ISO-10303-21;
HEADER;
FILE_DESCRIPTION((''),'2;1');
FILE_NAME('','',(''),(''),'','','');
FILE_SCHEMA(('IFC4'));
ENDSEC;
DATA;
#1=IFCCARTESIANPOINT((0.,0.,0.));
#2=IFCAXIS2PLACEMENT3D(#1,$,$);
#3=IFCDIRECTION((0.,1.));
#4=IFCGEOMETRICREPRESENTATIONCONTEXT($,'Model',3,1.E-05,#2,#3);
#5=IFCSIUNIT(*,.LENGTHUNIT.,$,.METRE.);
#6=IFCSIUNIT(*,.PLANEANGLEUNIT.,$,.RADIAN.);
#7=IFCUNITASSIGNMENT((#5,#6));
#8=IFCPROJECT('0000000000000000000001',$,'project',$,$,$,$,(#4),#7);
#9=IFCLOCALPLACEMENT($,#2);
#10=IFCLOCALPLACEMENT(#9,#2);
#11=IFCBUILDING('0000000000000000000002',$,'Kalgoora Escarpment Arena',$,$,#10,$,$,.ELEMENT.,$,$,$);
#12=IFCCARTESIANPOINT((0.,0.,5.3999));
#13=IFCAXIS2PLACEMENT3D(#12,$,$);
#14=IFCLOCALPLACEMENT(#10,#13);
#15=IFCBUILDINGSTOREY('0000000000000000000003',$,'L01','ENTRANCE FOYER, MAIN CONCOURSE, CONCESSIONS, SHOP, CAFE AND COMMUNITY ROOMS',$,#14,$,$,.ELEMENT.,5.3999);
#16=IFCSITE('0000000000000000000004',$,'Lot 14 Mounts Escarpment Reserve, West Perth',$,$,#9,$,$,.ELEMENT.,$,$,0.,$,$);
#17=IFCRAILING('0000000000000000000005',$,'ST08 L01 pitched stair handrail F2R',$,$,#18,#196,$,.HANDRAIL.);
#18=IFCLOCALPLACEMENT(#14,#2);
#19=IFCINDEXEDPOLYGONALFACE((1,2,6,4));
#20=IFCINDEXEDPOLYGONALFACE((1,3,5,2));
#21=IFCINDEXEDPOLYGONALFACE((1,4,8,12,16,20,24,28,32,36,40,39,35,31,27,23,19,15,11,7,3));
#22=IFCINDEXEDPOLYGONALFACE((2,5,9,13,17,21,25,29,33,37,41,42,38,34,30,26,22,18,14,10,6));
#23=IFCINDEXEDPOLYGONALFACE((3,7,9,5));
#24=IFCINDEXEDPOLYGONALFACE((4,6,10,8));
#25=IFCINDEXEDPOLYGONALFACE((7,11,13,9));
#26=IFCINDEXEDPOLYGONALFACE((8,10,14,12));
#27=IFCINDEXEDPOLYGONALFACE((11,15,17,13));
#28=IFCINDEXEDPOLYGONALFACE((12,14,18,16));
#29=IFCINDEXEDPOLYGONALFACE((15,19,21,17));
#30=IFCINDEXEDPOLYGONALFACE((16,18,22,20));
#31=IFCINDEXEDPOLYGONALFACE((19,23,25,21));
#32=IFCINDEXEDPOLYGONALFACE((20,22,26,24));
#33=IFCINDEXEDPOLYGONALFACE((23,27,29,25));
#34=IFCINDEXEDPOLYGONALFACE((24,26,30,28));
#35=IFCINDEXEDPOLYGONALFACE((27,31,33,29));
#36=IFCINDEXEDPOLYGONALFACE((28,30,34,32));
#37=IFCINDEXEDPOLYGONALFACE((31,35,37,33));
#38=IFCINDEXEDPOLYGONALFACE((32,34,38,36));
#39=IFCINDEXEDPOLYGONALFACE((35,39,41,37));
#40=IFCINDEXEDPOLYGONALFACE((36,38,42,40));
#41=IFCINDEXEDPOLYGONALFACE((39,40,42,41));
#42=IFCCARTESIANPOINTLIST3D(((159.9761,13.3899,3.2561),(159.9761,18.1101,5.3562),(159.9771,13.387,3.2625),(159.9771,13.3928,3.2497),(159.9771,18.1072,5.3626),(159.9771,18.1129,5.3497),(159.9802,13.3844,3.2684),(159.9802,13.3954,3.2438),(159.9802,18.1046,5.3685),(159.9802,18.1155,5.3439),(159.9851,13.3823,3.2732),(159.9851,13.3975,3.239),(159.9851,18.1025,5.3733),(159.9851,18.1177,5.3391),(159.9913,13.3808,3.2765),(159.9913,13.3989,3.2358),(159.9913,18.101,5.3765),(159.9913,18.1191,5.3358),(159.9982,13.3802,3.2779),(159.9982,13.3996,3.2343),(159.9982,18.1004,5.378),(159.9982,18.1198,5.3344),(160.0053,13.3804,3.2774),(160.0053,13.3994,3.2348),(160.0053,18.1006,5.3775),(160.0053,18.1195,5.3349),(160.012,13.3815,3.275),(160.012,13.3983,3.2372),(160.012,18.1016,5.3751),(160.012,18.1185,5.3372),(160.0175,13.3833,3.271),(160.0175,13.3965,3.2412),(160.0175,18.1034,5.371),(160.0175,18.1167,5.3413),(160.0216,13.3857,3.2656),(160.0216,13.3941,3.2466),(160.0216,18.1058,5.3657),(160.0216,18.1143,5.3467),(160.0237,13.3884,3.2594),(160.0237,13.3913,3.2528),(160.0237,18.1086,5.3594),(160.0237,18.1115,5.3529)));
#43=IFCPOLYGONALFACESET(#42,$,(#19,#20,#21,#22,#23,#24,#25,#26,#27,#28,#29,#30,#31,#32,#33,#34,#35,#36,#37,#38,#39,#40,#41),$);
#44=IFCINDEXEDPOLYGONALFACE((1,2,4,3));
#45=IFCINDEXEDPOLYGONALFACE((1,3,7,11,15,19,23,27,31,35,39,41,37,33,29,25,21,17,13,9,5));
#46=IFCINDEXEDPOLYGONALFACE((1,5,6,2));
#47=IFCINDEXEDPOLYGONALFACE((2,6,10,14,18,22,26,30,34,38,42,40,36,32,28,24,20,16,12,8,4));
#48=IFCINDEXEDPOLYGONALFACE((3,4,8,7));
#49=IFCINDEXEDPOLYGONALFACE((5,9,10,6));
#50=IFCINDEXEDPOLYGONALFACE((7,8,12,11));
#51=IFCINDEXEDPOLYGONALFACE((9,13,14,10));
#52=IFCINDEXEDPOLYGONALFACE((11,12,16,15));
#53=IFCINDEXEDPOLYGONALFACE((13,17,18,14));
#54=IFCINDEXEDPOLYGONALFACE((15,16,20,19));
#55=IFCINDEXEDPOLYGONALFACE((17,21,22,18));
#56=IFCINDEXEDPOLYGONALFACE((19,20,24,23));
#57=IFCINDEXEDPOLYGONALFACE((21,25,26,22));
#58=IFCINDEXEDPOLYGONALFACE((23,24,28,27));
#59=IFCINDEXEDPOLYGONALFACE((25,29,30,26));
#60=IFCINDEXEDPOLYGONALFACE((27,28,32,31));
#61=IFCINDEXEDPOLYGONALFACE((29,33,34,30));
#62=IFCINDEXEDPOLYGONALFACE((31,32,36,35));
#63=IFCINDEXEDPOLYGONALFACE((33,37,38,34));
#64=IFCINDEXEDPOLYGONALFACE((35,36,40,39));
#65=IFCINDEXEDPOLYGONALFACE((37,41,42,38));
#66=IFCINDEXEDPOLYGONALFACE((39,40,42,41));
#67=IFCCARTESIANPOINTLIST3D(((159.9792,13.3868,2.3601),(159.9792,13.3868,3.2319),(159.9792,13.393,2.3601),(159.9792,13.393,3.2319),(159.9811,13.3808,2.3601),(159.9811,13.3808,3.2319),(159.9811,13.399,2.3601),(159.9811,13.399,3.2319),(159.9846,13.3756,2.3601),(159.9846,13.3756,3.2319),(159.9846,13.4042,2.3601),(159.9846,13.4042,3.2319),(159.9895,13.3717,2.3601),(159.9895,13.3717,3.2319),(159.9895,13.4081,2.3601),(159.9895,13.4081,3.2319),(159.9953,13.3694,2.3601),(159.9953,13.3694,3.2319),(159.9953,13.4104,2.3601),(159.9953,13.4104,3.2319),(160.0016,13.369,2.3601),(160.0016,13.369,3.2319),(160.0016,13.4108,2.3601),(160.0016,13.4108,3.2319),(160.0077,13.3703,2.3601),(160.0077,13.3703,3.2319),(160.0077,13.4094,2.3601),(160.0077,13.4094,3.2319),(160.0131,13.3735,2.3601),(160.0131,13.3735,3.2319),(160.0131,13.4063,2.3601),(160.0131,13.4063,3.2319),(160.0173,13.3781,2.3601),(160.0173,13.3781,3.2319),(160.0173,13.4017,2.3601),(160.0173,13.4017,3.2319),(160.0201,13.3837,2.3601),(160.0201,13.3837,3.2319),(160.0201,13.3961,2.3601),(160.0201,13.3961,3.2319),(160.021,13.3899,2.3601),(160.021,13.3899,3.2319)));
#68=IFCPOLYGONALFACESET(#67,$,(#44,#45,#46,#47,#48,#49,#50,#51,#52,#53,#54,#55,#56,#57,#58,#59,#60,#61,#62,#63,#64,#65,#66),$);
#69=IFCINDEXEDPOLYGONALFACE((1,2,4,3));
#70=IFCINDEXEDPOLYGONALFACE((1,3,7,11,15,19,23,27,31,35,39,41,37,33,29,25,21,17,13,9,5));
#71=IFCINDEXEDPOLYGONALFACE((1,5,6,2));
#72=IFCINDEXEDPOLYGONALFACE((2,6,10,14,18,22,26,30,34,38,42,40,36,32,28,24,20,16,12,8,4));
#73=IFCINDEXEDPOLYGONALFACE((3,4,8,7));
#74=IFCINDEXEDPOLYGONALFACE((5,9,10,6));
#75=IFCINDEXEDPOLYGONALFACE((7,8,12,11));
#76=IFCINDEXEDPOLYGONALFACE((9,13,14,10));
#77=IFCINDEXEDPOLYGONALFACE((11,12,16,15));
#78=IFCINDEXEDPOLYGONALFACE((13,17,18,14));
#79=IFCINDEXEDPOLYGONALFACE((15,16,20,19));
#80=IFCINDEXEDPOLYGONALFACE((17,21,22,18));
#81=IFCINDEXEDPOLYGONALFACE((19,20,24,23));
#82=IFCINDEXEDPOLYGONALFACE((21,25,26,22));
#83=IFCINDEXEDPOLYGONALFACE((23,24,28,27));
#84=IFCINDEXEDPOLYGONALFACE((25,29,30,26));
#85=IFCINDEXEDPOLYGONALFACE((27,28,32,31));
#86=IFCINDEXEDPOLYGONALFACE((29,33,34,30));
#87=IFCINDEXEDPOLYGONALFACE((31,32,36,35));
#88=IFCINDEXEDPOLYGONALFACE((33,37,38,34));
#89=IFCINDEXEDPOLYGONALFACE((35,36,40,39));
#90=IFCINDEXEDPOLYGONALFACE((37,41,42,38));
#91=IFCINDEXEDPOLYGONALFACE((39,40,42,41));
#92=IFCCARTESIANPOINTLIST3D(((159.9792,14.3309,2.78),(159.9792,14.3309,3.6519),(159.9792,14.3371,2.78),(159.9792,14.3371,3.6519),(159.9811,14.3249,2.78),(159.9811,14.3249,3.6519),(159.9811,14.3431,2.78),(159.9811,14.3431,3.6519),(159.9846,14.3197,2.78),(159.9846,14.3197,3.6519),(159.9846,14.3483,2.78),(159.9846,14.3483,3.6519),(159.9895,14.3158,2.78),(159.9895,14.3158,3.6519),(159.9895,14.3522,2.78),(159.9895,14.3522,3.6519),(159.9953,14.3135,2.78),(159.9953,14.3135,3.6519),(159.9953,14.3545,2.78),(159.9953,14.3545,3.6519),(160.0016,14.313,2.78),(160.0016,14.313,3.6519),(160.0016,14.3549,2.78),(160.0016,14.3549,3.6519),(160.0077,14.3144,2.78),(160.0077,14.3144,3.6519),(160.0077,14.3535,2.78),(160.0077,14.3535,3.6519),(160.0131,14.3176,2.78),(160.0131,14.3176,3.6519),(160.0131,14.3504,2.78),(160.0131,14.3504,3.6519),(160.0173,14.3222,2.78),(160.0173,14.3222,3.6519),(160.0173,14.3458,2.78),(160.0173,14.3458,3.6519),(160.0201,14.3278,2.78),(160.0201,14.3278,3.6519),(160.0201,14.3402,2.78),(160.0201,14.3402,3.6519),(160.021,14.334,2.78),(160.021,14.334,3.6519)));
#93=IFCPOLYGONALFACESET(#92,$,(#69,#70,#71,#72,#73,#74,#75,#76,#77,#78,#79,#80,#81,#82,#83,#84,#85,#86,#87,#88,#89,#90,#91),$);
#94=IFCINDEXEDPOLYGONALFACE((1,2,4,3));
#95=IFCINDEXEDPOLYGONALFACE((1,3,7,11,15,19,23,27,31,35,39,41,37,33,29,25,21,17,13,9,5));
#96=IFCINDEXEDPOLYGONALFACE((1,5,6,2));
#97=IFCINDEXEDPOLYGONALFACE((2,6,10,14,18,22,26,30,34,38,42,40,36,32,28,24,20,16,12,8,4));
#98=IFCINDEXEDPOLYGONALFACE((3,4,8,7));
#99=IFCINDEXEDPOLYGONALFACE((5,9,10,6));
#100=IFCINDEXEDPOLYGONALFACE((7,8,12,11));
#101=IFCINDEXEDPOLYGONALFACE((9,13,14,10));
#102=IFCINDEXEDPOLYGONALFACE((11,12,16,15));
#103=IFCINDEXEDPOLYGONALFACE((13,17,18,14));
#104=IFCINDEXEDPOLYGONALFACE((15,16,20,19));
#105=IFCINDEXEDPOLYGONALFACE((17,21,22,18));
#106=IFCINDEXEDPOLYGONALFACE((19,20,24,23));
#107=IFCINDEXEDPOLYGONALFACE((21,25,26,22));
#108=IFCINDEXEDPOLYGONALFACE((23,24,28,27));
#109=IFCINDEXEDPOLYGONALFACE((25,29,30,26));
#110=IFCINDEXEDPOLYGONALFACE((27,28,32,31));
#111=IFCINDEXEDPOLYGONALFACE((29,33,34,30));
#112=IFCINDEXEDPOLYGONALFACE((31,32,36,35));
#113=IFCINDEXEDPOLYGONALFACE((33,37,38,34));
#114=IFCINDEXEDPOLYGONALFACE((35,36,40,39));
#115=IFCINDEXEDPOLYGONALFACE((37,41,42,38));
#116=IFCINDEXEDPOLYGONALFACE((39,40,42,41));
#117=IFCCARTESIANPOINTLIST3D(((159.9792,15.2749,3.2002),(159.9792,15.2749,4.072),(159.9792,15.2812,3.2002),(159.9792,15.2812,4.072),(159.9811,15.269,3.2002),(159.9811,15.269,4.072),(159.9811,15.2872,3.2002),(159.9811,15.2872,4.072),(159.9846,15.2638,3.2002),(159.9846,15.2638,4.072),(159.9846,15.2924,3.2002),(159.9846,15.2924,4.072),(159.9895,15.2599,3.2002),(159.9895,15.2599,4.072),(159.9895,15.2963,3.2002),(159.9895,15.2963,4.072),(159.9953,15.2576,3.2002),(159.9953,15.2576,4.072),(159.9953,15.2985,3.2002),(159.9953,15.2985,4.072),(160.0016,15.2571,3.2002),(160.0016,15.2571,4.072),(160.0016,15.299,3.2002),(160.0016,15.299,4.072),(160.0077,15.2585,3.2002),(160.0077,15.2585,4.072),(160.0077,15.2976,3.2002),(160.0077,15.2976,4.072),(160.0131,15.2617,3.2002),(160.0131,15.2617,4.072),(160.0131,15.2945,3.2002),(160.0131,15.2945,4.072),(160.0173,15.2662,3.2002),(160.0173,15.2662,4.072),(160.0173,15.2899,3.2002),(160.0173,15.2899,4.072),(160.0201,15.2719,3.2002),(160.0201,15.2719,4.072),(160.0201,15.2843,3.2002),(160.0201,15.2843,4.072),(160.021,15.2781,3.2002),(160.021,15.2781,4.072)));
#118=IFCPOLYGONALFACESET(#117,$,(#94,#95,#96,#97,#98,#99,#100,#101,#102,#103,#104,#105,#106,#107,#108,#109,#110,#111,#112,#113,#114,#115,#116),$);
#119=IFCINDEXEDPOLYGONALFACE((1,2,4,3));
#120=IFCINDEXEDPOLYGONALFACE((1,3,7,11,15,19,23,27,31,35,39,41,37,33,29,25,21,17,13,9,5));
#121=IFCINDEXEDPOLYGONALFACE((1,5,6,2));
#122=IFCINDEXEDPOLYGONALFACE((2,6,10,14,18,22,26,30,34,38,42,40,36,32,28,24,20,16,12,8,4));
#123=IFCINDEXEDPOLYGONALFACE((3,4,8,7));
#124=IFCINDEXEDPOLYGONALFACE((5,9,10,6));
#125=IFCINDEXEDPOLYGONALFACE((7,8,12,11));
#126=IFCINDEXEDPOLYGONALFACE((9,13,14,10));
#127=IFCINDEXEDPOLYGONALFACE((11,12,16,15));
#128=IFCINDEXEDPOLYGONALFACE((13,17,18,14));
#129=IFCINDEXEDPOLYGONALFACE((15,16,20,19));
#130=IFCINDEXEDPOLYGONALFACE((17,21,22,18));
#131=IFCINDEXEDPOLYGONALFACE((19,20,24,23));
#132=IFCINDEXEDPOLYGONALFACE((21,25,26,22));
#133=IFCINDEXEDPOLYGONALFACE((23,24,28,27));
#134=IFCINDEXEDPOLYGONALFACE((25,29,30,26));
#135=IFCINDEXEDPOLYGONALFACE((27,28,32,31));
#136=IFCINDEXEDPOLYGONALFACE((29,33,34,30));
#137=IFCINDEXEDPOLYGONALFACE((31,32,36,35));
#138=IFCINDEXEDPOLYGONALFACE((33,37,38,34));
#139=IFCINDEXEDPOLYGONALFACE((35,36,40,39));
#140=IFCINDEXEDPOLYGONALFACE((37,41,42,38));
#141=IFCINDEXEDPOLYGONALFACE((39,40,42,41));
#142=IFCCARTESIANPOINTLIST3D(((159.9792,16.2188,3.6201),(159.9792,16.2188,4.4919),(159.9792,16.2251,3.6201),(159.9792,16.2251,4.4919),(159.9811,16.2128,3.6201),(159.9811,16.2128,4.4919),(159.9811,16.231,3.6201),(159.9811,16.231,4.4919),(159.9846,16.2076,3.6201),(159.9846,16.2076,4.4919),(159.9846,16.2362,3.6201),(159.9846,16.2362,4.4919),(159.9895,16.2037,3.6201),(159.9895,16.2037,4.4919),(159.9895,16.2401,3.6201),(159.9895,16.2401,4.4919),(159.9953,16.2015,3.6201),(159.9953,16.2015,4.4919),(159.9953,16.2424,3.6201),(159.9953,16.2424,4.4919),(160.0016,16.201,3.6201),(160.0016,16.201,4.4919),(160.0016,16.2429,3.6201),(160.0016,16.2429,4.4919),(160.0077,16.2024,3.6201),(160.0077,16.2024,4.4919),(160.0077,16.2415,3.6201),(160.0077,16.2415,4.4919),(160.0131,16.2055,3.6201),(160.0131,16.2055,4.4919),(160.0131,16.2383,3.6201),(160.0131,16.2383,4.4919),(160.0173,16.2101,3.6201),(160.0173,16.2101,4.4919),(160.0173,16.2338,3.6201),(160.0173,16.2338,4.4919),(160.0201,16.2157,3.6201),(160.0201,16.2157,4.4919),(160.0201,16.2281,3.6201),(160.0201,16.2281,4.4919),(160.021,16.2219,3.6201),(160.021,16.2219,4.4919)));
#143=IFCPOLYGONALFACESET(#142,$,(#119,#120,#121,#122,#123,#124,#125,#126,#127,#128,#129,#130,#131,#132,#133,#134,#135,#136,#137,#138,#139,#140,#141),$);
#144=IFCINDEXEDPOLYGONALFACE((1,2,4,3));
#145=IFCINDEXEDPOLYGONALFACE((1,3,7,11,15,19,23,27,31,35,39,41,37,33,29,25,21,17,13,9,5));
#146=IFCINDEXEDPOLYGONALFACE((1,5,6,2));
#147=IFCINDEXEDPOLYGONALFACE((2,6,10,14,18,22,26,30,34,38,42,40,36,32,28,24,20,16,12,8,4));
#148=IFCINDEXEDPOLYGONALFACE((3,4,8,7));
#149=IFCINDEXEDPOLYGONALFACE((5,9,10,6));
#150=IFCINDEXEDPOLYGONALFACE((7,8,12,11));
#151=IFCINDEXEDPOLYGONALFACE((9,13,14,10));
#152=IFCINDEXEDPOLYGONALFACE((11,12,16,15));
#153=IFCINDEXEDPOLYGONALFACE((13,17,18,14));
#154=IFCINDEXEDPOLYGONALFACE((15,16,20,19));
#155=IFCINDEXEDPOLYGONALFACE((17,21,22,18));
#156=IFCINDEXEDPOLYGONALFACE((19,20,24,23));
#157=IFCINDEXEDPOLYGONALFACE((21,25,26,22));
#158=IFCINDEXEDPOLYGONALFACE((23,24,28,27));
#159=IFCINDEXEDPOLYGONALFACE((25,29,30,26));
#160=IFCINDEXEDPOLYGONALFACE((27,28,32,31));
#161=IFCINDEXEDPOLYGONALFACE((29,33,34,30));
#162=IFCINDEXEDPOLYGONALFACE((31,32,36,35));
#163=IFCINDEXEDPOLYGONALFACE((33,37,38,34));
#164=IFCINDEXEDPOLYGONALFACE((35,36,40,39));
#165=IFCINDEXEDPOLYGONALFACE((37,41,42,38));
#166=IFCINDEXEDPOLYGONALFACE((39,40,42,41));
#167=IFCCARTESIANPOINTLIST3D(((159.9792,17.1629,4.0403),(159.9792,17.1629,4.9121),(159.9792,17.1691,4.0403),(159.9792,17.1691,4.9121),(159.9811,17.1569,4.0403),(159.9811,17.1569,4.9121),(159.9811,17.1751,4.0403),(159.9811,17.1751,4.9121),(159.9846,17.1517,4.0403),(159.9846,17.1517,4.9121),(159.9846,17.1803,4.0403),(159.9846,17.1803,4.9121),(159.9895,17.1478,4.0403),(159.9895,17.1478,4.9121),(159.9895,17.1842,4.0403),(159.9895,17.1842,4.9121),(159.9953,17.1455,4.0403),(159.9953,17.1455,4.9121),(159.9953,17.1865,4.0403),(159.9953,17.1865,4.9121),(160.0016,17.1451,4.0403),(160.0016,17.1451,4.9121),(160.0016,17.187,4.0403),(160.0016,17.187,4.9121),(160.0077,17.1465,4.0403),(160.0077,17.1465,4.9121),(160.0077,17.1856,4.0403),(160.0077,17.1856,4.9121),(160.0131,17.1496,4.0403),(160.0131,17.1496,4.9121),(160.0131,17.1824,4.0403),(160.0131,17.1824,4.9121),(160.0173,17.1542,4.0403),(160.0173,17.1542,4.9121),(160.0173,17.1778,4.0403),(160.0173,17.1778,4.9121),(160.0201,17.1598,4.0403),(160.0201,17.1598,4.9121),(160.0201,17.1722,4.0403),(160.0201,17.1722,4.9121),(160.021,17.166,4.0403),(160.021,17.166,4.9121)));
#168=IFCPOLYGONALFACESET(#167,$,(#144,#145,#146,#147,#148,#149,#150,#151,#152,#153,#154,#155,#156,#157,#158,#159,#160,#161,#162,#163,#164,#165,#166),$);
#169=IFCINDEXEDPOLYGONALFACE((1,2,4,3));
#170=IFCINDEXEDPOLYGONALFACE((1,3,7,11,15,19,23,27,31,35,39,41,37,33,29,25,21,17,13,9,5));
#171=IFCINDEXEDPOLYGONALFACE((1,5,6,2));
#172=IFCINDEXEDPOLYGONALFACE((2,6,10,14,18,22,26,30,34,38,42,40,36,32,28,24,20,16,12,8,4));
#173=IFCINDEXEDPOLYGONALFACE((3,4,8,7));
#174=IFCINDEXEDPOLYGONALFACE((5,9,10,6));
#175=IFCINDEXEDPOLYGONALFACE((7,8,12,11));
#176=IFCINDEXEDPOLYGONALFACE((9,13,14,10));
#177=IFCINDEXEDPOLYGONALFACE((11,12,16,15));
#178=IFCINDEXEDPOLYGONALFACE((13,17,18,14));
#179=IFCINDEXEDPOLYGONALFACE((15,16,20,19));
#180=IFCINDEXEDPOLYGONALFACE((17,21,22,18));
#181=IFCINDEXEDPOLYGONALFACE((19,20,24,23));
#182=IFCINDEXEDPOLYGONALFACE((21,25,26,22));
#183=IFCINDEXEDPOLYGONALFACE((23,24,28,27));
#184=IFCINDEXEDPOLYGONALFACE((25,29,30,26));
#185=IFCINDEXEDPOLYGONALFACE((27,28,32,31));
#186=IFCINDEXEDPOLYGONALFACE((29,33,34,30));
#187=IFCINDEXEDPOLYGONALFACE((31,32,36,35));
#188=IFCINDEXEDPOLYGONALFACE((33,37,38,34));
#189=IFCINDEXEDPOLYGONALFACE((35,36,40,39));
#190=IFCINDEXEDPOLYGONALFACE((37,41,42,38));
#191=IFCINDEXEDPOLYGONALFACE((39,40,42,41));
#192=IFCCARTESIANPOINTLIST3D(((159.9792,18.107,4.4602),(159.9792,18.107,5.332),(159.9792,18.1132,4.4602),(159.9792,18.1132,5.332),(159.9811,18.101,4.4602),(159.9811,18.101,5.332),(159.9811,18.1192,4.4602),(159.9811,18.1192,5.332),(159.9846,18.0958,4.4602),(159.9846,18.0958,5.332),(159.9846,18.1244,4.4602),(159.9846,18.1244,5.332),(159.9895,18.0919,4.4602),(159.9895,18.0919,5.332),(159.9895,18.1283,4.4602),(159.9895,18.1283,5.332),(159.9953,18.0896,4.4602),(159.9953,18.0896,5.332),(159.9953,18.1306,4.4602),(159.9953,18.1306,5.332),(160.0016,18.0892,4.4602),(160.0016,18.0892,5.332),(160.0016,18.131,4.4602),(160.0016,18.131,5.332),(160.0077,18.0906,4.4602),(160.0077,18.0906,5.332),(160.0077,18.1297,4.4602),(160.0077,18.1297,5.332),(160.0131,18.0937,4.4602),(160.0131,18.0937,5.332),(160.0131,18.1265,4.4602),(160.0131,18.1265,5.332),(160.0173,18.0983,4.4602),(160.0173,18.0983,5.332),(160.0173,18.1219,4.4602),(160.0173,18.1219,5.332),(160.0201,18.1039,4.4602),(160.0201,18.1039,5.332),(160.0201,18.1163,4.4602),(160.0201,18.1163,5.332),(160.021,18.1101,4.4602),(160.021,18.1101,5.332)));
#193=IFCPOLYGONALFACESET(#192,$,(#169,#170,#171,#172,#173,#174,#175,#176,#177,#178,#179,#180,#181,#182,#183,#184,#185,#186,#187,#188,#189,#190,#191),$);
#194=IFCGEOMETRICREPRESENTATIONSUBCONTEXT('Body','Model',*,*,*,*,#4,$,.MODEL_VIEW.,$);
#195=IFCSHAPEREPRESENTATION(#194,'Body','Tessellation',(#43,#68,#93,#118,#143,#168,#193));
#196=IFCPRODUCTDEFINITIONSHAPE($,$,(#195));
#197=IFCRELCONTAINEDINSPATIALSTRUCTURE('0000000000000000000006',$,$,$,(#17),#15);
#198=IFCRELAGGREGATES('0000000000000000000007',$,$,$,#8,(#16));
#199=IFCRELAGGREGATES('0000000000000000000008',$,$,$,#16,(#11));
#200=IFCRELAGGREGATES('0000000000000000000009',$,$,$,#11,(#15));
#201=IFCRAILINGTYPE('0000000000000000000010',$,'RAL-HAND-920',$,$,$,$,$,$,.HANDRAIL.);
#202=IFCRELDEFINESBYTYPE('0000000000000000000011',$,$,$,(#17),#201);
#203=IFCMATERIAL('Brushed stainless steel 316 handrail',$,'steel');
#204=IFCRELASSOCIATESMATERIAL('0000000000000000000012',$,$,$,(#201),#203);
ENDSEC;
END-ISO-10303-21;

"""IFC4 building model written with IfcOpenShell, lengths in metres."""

from ifc_helpers import new_model, si_unit, direction, frame, origin, origin_2d, place, context, subcontext, project, spatial, circle, extrude, material, type_object, element, save


model = new_model("IFC4")

# Units and contexts
model_context = context("Model", 3, precision=1e-05, world=origin(), true_north=direction((0.0, 1.0)))
body_context = subcontext(model_context, "Body", "Model", "MODEL_VIEW")
ifc_project = project(units=[si_unit("LENGTHUNIT", "METRE"), si_unit("PLANEANGLEUNIT", "RADIAN")], contexts=[model_context])

# Site, building, storey
site_placement = place(None, origin())
site = spatial("IfcSite", under=ifc_project, at=site_placement, Name="Lot 14 Mounts Escarpment Reserve, West Perth", CompositionType="ELEMENT", RefElevation=0.0)
building_placement = place(site_placement, origin())
building = spatial("IfcBuilding", under=site, at=building_placement, Name="Kalgoora Escarpment Arena", CompositionType="ELEMENT")
storey_placement = place(building_placement, frame((0.0, 0.0, 5.3999)))
storey = spatial("IfcBuildingStorey", under=building, at=storey_placement, Name="L01", Description="ENTRANCE FOYER, MAIN CONCOURSE, CONCESSIONS, SHOP, CAFE AND COMMUNITY ROOMS", CompositionType="ELEMENT", Elevation=5.3999)

# Railing
ifc_material_1 = material(Name="Brushed stainless steel 316 handrail", Category="steel")
railing_type = type_object("IfcRailingType", Name="RAL-HAND-920", PredefinedType="HANDRAIL", material=ifc_material_1)
for number, where, name in (
    (1, (160.0, 13.3899, 2.3601), "ST08 L01 pitched stair handrail F2R"),
):
    element("IfcRailing", number, at=place(storey_placement, frame(where)), inside=storey, type_object=railing_type, Name=name, PredefinedType="HANDRAIL", context=body_context, shape_type="SweptSolid", body=[
        extrude(circle(Radius=0.0239, at=origin_2d()), frame((0.0, 0.0, 0.896), z_axis=(0.0, 0.913652, 0.406498), x_axis=(-1.0, 0.0, 0.0)), (0.0, 0.0, 1.0), 5.1663),
        extrude(circle(Radius=0.021, at=origin_2d()), origin(), (0.0, 0.0, 1.0), 0.8718),
        extrude(circle(Radius=0.021, at=origin_2d()), frame((0.0, 0.9441, 0.4199)), (0.0, 0.0, 1.0), 0.8718),
        extrude(circle(Radius=0.021, at=origin_2d()), frame((0.0, 1.8882, 0.8401)), (0.0, 0.0, 1.0), 0.8718),
        extrude(circle(Radius=0.021, at=origin_2d()), frame((0.0, 2.832, 1.26)), (0.0, 0.0, 1.0), 0.8718),
        extrude(circle(Radius=0.021, at=origin_2d()), frame((0.0, 3.7761, 1.6802)), (0.0, 0.0, 1.0), 0.8718),
        extrude(circle(Radius=0.021, at=origin_2d()), frame((0.0, 4.7202, 2.1001)), (0.0, 0.0, 1.0), 0.8718),
    ])

save(model, "model.ifc")
